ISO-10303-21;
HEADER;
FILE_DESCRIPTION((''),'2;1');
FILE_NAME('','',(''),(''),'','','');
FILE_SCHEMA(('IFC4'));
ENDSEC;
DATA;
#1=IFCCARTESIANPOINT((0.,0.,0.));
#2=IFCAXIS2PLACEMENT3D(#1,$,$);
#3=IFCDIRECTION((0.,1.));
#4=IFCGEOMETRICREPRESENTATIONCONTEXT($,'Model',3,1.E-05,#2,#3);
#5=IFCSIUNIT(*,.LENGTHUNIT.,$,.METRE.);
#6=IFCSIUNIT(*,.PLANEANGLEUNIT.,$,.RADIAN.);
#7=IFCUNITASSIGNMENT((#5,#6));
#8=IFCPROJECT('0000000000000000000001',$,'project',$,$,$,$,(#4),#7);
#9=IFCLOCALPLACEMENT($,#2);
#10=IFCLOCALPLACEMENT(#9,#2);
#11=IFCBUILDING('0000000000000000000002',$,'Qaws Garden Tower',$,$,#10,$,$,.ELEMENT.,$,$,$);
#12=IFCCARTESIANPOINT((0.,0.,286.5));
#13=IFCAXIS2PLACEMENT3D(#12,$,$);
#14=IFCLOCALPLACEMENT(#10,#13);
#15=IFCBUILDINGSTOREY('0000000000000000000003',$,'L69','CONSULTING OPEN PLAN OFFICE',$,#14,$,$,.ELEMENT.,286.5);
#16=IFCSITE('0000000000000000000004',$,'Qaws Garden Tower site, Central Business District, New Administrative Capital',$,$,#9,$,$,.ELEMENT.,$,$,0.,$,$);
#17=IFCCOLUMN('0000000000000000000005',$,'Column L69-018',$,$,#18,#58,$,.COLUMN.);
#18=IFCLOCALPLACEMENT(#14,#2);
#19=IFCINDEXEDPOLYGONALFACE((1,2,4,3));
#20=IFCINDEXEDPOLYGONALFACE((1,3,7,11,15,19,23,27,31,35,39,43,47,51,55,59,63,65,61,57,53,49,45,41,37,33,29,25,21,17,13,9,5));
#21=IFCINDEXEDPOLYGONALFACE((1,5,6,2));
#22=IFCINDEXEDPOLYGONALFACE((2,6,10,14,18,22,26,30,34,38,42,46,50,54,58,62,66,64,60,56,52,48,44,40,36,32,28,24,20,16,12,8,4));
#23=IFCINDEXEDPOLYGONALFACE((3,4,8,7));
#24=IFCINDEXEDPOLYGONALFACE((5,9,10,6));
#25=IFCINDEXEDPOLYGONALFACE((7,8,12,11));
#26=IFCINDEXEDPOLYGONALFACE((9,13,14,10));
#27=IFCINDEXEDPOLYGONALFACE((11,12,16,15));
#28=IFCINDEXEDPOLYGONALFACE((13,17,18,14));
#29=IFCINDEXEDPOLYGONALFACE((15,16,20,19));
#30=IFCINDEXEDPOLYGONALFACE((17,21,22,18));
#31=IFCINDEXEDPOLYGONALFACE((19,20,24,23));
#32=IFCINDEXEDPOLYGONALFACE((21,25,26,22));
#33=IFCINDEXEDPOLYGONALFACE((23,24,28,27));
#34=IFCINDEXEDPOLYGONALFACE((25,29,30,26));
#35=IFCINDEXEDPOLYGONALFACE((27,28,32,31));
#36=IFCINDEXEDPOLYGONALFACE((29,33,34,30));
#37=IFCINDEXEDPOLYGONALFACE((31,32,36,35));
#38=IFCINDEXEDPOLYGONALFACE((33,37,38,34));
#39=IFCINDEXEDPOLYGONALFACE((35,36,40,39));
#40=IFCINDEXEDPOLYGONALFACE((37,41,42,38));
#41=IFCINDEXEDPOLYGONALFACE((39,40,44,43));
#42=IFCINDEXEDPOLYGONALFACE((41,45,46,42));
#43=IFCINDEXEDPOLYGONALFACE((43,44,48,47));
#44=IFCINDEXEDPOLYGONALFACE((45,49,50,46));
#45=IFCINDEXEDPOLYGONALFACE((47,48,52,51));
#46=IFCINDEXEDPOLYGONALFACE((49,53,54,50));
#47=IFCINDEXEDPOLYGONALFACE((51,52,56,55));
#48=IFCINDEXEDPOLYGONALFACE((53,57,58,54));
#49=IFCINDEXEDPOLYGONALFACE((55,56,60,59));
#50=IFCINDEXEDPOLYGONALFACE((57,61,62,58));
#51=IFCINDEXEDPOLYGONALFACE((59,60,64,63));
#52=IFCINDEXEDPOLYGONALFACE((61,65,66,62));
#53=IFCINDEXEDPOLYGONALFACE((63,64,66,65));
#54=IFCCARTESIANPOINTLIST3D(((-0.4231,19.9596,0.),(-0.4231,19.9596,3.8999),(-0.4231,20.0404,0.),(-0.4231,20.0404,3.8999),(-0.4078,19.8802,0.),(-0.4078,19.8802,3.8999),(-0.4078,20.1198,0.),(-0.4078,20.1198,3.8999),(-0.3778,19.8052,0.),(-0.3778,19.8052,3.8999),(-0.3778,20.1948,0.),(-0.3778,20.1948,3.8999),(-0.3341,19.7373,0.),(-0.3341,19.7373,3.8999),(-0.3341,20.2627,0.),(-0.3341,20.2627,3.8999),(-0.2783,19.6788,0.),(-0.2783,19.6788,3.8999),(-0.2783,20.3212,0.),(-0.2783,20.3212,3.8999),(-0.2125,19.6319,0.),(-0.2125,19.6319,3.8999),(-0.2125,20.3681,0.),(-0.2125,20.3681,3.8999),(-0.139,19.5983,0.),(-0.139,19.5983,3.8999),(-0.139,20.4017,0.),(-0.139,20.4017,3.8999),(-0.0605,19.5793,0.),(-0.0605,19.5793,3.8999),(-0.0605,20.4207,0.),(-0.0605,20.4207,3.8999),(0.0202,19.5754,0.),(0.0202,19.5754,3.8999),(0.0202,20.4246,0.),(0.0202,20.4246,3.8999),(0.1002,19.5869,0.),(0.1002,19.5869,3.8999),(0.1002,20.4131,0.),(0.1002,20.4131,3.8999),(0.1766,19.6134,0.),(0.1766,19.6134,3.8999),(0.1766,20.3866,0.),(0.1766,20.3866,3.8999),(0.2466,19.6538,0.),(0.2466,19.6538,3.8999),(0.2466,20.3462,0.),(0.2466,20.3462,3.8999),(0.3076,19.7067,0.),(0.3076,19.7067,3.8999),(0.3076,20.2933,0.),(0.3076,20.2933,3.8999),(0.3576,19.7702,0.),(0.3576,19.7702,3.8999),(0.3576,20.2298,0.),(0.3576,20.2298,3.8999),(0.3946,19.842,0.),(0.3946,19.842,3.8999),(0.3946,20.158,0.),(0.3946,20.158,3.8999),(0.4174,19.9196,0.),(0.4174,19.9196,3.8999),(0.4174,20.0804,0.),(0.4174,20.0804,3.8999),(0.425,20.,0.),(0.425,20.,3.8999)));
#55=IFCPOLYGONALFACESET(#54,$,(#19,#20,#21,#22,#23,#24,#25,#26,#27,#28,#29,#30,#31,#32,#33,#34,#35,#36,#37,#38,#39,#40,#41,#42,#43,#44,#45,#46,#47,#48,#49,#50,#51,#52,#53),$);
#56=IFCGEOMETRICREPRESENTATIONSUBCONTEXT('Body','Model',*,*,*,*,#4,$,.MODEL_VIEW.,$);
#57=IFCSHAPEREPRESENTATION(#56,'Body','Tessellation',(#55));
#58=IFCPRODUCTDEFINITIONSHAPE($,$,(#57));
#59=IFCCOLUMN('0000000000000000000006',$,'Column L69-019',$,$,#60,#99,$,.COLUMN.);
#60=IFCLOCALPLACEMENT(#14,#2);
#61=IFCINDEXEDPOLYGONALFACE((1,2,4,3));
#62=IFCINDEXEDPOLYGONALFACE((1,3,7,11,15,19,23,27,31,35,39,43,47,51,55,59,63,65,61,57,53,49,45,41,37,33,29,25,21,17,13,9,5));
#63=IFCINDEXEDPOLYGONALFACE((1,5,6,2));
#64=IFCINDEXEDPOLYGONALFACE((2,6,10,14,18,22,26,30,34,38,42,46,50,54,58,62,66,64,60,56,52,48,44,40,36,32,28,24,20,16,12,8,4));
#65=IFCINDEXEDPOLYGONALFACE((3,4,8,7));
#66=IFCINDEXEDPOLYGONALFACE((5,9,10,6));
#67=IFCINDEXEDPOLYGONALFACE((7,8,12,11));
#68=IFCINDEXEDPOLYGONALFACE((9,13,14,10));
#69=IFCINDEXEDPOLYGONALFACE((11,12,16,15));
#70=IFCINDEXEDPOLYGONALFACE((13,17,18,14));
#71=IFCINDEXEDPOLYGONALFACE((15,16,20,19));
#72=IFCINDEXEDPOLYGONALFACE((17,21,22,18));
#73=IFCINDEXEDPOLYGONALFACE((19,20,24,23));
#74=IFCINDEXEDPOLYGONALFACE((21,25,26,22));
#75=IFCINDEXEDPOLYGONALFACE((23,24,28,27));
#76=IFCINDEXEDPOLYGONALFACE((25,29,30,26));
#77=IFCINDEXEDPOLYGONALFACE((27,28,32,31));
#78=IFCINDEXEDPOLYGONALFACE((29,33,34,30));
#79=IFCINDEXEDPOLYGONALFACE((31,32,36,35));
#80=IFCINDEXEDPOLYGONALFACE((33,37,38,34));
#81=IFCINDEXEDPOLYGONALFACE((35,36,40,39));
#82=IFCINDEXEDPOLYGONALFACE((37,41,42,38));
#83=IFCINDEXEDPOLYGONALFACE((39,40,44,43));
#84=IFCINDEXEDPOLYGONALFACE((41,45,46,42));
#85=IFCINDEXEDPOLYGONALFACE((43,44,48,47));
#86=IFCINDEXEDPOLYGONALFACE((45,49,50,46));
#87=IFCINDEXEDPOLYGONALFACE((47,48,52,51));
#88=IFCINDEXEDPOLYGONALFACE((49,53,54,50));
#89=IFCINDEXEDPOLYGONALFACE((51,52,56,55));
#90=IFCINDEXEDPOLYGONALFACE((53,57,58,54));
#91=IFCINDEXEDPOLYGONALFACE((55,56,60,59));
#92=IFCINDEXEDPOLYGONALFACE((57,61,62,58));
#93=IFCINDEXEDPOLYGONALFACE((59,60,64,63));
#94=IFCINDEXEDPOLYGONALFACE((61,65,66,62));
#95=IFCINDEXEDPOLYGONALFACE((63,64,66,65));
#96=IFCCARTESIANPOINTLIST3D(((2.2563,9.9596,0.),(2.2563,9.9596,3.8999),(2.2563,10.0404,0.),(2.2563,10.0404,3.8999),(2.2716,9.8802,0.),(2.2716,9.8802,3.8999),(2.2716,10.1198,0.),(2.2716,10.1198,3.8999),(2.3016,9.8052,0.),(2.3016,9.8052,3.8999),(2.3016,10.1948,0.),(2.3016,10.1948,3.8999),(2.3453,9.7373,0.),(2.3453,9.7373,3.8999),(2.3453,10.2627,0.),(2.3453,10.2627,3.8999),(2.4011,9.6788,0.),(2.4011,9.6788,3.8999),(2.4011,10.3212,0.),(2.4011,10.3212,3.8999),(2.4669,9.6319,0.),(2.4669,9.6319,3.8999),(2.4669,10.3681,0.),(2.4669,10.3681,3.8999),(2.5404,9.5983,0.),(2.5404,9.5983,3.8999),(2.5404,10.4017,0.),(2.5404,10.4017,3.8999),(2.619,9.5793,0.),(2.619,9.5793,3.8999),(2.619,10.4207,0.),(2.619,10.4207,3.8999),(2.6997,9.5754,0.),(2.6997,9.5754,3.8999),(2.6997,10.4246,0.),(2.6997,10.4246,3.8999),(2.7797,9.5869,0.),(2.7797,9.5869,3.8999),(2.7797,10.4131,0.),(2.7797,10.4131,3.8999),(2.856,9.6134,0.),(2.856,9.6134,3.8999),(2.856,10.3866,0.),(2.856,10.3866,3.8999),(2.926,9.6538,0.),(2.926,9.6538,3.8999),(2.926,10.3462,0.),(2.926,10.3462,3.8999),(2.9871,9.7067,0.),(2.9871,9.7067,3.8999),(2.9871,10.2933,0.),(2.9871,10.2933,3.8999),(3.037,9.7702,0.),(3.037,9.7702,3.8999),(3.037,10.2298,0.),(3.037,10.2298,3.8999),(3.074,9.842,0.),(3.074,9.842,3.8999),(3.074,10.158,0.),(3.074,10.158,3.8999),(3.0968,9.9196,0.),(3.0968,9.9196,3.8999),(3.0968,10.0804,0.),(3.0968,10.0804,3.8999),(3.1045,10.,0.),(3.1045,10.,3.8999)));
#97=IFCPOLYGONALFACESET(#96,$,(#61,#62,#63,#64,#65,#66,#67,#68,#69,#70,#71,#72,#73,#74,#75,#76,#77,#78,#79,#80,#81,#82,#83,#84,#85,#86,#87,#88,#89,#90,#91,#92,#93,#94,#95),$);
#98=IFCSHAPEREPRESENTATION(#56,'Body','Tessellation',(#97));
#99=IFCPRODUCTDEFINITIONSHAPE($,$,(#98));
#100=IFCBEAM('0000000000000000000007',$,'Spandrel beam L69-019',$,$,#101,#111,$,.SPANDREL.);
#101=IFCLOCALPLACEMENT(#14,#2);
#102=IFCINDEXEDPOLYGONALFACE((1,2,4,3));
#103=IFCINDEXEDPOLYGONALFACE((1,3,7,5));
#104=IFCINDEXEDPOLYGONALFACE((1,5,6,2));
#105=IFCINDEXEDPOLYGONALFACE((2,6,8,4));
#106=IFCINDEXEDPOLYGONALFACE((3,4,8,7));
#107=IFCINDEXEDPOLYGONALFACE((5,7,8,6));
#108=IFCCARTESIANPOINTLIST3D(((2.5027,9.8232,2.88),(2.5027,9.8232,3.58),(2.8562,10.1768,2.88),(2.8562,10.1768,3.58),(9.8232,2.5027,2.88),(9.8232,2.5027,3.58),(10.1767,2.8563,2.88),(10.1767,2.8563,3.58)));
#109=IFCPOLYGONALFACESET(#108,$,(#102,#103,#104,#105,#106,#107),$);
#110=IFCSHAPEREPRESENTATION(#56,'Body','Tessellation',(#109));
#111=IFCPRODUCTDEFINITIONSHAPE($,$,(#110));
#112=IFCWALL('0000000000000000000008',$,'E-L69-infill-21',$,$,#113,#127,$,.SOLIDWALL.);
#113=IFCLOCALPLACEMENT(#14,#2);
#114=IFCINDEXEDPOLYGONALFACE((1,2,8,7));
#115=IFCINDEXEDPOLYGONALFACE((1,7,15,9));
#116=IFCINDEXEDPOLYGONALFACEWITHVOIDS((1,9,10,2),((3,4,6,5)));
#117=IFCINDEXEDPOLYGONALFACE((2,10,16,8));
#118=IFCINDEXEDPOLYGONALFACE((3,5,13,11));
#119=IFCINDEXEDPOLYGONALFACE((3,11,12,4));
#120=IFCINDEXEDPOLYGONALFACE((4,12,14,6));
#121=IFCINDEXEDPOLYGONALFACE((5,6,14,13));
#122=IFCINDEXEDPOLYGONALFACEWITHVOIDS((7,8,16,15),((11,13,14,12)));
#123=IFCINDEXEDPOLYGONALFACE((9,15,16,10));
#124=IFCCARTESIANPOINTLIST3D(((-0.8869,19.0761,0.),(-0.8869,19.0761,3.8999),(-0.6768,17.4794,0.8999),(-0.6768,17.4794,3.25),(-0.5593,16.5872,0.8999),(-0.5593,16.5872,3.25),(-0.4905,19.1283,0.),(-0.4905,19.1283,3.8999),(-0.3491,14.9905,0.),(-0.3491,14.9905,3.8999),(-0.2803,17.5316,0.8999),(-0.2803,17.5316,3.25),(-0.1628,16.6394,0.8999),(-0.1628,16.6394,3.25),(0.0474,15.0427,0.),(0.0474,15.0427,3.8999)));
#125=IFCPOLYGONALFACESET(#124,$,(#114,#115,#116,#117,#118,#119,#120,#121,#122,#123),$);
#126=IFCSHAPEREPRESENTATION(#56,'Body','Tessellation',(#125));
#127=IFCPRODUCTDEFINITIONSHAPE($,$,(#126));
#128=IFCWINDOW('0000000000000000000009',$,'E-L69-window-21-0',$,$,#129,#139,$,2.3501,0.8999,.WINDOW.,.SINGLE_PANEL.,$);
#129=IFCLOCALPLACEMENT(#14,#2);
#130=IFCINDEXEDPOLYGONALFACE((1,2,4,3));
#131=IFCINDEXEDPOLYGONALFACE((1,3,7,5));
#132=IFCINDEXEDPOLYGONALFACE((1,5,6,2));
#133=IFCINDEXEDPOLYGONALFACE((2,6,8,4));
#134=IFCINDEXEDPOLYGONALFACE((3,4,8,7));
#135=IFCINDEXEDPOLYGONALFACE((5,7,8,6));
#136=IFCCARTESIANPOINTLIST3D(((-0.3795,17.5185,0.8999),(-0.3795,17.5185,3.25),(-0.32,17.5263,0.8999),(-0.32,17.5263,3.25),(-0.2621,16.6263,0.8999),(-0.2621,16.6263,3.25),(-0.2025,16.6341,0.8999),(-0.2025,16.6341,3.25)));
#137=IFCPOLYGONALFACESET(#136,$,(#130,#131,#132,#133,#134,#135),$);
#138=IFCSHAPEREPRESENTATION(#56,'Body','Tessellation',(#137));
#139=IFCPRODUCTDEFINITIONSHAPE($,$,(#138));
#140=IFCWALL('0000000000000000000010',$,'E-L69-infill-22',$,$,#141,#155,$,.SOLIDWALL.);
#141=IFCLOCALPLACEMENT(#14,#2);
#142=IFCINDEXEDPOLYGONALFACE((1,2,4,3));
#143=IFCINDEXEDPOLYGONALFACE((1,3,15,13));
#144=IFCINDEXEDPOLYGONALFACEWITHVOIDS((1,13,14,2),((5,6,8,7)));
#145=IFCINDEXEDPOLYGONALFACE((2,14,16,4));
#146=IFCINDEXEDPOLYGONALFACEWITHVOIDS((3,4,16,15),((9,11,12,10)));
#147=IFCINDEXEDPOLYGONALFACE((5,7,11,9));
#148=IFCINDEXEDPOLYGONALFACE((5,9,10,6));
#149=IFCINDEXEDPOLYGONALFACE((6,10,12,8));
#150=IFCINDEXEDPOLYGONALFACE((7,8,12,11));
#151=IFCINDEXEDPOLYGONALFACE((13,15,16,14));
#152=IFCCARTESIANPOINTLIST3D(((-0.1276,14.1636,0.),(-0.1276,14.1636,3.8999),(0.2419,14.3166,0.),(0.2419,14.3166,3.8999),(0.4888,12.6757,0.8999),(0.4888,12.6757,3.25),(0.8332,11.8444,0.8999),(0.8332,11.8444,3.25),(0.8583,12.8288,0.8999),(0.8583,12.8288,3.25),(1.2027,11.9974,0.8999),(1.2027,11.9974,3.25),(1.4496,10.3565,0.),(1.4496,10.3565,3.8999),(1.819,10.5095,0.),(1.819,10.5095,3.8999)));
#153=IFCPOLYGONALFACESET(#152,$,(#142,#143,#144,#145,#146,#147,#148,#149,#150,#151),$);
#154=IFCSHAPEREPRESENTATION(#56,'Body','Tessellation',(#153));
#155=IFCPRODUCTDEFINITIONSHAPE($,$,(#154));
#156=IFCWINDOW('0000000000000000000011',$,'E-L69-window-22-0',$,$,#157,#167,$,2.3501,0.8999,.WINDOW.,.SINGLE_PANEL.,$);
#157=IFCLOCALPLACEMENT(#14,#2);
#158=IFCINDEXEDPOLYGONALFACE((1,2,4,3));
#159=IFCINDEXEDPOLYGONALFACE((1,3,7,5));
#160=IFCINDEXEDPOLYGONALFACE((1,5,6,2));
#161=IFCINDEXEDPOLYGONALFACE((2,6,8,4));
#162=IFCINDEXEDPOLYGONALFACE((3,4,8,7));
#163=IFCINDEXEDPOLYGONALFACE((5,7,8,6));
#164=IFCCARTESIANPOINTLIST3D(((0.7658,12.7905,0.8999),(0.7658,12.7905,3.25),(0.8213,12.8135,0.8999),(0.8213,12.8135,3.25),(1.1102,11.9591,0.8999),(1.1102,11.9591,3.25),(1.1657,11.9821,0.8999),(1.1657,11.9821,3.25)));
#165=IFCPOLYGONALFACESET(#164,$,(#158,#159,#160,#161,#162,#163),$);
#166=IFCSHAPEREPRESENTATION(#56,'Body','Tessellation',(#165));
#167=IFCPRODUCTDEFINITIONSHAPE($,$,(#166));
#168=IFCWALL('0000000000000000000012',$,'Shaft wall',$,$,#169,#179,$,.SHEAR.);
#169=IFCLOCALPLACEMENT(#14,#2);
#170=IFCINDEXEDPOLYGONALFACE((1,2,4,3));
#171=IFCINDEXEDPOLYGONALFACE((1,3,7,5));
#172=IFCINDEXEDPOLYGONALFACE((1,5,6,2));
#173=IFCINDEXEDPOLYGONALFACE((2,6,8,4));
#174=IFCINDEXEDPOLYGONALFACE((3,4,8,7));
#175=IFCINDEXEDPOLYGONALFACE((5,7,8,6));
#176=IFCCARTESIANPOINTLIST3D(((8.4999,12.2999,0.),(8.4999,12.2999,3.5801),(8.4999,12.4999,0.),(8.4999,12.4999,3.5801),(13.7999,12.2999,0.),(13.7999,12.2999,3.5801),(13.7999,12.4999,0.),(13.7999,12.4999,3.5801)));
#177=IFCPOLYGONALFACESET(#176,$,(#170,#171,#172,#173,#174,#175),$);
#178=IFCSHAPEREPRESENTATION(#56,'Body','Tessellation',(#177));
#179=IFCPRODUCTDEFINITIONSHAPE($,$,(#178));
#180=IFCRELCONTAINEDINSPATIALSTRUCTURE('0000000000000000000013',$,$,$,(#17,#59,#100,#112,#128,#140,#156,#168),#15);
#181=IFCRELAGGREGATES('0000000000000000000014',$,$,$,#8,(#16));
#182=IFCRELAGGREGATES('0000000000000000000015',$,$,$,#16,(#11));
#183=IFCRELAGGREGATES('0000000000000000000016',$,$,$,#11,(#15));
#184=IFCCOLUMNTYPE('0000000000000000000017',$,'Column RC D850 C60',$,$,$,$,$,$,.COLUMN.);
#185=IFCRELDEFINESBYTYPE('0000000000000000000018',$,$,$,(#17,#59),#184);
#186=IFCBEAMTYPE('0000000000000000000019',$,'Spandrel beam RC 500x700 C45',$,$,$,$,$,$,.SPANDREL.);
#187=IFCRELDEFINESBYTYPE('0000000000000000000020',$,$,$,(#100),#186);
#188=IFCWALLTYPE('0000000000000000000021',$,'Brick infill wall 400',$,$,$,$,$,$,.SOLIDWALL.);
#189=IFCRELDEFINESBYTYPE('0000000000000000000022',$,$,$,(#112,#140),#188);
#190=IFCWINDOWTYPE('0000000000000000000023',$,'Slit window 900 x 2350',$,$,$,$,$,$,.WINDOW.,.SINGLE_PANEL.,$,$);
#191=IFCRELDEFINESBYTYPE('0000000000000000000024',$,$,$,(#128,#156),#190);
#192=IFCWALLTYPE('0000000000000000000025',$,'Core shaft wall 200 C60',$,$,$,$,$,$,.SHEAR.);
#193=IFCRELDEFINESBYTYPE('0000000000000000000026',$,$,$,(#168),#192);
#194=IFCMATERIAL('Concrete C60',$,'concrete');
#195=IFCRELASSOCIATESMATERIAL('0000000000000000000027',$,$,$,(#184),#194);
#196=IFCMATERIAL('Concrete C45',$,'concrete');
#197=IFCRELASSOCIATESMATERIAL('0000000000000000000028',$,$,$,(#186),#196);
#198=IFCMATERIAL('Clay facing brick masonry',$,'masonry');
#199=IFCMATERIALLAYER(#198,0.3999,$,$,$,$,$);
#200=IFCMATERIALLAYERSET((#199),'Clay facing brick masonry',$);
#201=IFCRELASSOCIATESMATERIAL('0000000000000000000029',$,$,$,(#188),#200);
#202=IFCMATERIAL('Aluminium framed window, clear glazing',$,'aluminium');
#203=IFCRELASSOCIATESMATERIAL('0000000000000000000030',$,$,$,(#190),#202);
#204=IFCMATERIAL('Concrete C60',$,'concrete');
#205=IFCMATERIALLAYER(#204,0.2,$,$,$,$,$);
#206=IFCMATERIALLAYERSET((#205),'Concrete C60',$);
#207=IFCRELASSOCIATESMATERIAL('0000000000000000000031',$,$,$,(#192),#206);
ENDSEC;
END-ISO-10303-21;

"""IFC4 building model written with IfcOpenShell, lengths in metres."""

from ifc_helpers import new_model, si_unit, direction, frame, frame_2d, origin, origin_2d, place, context, subcontext, project, spatial, rectangle, circle, extrude, material, layer, layer_set, material_profile, profile_set, type_object, element, fill, save


model = new_model("IFC4")

# Units and contexts
model_context = context("Model", 3, precision=1e-05, world=origin(), true_north=direction((0.0, 1.0)))
body_context = subcontext(model_context, "Body", "Model", "MODEL_VIEW")
ifc_project = project(units=[si_unit("LENGTHUNIT", "METRE"), si_unit("PLANEANGLEUNIT", "RADIAN")], contexts=[model_context])

# Site, building, storey
site_placement = place(None, origin())
site = spatial("IfcSite", under=ifc_project, at=site_placement, Name="Qaws Garden Tower site, Central Business District, New Administrative Capital", CompositionType="ELEMENT", RefElevation=0.0)
building_placement = place(site_placement, origin())
building = spatial("IfcBuilding", under=site, at=building_placement, Name="Qaws Garden Tower", CompositionType="ELEMENT")
storey_placement = place(building_placement, frame((0.0, 0.0, 286.5)))
storey = spatial("IfcBuildingStorey", under=building, at=storey_placement, Name="L69", Description="CONSULTING OPEN PLAN OFFICE", CompositionType="ELEMENT", Elevation=286.5)

# Columns
ifc_material_1 = material(Name="Concrete C60", Category="concrete")
ifc_material_profile_1 = material_profile(ifc_material_1, circle(Radius=0.425, at=origin_2d()), Name="RC D850")
ifc_profile_set_1 = profile_set([ifc_material_profile_1], Name="Concrete C60")
column_type = type_object("IfcColumnType", Name="Column RC D850 C60", PredefinedType="COLUMN", material=ifc_profile_set_1)
for number, where, z_axis, x_axis, name in (
    (1, (0.0, 20.0, 0.0), (0.0, 0.0, 1.0), (1.0, 0.0, 0.0), "Column L69-018"),
    (2, (2.6794, 10.0, 0.0), (0.0, 0.0, 1.0), (1.0, 0.0, 0.0), "Column L69-019"),
):
    element("IfcColumn", number, at=place(storey_placement, frame(where, z_axis=z_axis, x_axis=x_axis)), inside=storey, type_object=column_type, Name=name, PredefinedType="COLUMN", context=body_context, shape_type="SweptSolid", body=[
        extrude(circle(Radius=0.425, at=origin_2d()), origin(), (0.0, 0.0, 1.0), 3.8999),
    ])

# Beam
ifc_material_2 = material(Name="Concrete C45", Category="concrete")
ifc_material_profile_2 = material_profile(ifc_material_2, rectangle(XDim=0.5, YDim=0.7, at=origin_2d()), Name="RC 500x700")
ifc_profile_set_2 = profile_set([ifc_material_profile_2], Name="Concrete C45")
beam_type = type_object("IfcBeamType", Name="Spandrel beam RC 500x700 C45", PredefinedType="SPANDREL", material=ifc_profile_set_2)
beam_placement = place(storey_placement, frame((2.6794, 10.0, 3.23), z_axis=(0.707107, -0.707107, 0.0), x_axis=(0.707107, 0.707107, 0.0)))
element("IfcBeam", 3, at=beam_placement, inside=storey, type_object=beam_type, Name="Spandrel beam L69-019", PredefinedType="SPANDREL", context=body_context, shape_type="SweptSolid", body=[
    extrude(rectangle(XDim=0.5, YDim=0.7, at=origin_2d()), origin(), (0.0, 0.0, 1.0), 10.3528),
])

# Walls, openings, windows
ifc_material_3 = material(Name="Clay facing brick masonry", Category="masonry")
ifc_layer_1 = layer(ifc_material_3, 0.3999)
ifc_layer_set_1 = layer_set([ifc_layer_1], Name="Clay facing brick masonry")
wall_type_1 = type_object("IfcWallType", Name="Brick infill wall 400", PredefinedType="SOLIDWALL", material=ifc_layer_set_1)
wall_1_placement = place(storey_placement, frame((-0.6887, 19.1023, 0.0), z_axis=(0.0, 0.0, 1.0), x_axis=(0.130514, -0.991446, 0.0)))
wall_1 = element("IfcWall", 4, at=wall_1_placement, inside=storey, type_object=wall_type_1, Name="E-L69-infill-21", PredefinedType="SOLIDWALL", context=body_context, shape_type="SweptSolid", body=[
    extrude(rectangle(XDim=4.1208, YDim=0.3999, at=frame_2d((2.0605, 0.0))), origin(), (0.0, 0.0, 1.0), 3.8999),
])
opening_1_placement = place(wall_1_placement, frame((1.6106, 0.0, 0.8999)))
opening_1 = element("IfcOpeningElement", 5, at=opening_1_placement, cuts=wall_1, PredefinedType="OPENING", context=body_context, shape_type="SweptSolid", body=[
    extrude(rectangle(XDim=0.8999, YDim=2.3501, at=frame_2d((0.45, 1.175))), frame((0.0, 0.21, 0.0), z_axis=(0.0, -1.0, 0.0), x_axis=(1.0, 0.0, 0.0)), (0.0, 0.0, 1.0), 0.4199),
])
ifc_material_4 = material(Name="Aluminium framed window, clear glazing", Category="aluminium")
window_type = type_object("IfcWindowType", Name="Slit window 900 x 2350", PartitioningType="SINGLE_PANEL", PredefinedType="WINDOW", material=ifc_material_4)
window_1_placement = place(opening_1_placement, origin())
window_1 = element("IfcWindow", 6, at=window_1_placement, inside=storey, type_object=window_type, Name="E-L69-window-21-0", OverallHeight=2.3501, OverallWidth=0.8999, PartitioningType="SINGLE_PANEL", PredefinedType="WINDOW", context=body_context, shape_type="SweptSolid", body=[
    extrude(rectangle(XDim=0.8999, YDim=2.3501, at=frame_2d((0.45, 1.175))), frame((0.0, 0.1599, 0.0), z_axis=(0.0, -1.0, 0.0), x_axis=(1.0, 0.0, 0.0)), (0.0, 0.0, 1.0), 0.0601),
])
fill(opening_1, window_1)
wall_2_placement = place(storey_placement, frame((0.0571, 14.2402, 0.0), z_axis=(0.0, 0.0, 1.0), x_axis=(0.382722, -0.923864, 0.0)))
wall_2 = element("IfcWall", 7, at=wall_2_placement, inside=storey, type_object=wall_type_1, Name="E-L69-infill-22", PredefinedType="SOLIDWALL", context=body_context, shape_type="SweptSolid", body=[
    extrude(rectangle(XDim=4.1208, YDim=0.3999, at=frame_2d((2.0605, 0.0))), origin(), (0.0, 0.0, 1.0), 3.8999),
])
opening_2_placement = place(wall_2_placement, frame((1.6106, 0.0, 0.8999)))
opening_2 = element("IfcOpeningElement", 8, at=opening_2_placement, cuts=wall_2, PredefinedType="OPENING", context=body_context, shape_type="SweptSolid", body=[
    extrude(rectangle(XDim=0.8999, YDim=2.3501, at=frame_2d((0.45, 1.175))), frame((0.0, 0.21, 0.0), z_axis=(0.0, -1.0, 0.0), x_axis=(1.0, 0.0, 0.0)), (0.0, 0.0, 1.0), 0.4199),
])
window_2_placement = place(opening_2_placement, origin())
window_2 = element("IfcWindow", 9, at=window_2_placement, inside=storey, type_object=window_type, Name="E-L69-window-22-0", OverallHeight=2.3501, OverallWidth=0.8999, PartitioningType="SINGLE_PANEL", PredefinedType="WINDOW", context=body_context, shape_type="SweptSolid", body=[
    extrude(rectangle(XDim=0.8999, YDim=2.3501, at=frame_2d((0.45, 1.175))), frame((0.0, 0.1599, 0.0), z_axis=(0.0, -1.0, 0.0), x_axis=(1.0, 0.0, 0.0)), (0.0, 0.0, 1.0), 0.0601),
])
fill(opening_2, window_2)

# Wall
ifc_material_5 = material(Name="Concrete C60", Category="concrete")
ifc_layer_2 = layer(ifc_material_5, 0.2)
ifc_layer_set_2 = layer_set([ifc_layer_2], Name="Concrete C60")
wall_type_2 = type_object("IfcWallType", Name="Core shaft wall 200 C60", PredefinedType="SHEAR", material=ifc_layer_set_2)
wall_3_placement = place(storey_placement, frame((8.5, 12.3999, 0.0), z_axis=(0.0, 0.0, 1.0), x_axis=(1.0, 0.0, 0.0)))
element("IfcWall", 10, at=wall_3_placement, inside=storey, type_object=wall_type_2, Name="Shaft wall", PredefinedType="SHEAR", context=body_context, shape_type="SweptSolid", body=[
    extrude(rectangle(XDim=5.3, YDim=0.2, at=frame_2d((2.6499, 0.0))), origin(), (0.0, 0.0, 1.0), 3.5801),
])

save(model, "model.ifc")
